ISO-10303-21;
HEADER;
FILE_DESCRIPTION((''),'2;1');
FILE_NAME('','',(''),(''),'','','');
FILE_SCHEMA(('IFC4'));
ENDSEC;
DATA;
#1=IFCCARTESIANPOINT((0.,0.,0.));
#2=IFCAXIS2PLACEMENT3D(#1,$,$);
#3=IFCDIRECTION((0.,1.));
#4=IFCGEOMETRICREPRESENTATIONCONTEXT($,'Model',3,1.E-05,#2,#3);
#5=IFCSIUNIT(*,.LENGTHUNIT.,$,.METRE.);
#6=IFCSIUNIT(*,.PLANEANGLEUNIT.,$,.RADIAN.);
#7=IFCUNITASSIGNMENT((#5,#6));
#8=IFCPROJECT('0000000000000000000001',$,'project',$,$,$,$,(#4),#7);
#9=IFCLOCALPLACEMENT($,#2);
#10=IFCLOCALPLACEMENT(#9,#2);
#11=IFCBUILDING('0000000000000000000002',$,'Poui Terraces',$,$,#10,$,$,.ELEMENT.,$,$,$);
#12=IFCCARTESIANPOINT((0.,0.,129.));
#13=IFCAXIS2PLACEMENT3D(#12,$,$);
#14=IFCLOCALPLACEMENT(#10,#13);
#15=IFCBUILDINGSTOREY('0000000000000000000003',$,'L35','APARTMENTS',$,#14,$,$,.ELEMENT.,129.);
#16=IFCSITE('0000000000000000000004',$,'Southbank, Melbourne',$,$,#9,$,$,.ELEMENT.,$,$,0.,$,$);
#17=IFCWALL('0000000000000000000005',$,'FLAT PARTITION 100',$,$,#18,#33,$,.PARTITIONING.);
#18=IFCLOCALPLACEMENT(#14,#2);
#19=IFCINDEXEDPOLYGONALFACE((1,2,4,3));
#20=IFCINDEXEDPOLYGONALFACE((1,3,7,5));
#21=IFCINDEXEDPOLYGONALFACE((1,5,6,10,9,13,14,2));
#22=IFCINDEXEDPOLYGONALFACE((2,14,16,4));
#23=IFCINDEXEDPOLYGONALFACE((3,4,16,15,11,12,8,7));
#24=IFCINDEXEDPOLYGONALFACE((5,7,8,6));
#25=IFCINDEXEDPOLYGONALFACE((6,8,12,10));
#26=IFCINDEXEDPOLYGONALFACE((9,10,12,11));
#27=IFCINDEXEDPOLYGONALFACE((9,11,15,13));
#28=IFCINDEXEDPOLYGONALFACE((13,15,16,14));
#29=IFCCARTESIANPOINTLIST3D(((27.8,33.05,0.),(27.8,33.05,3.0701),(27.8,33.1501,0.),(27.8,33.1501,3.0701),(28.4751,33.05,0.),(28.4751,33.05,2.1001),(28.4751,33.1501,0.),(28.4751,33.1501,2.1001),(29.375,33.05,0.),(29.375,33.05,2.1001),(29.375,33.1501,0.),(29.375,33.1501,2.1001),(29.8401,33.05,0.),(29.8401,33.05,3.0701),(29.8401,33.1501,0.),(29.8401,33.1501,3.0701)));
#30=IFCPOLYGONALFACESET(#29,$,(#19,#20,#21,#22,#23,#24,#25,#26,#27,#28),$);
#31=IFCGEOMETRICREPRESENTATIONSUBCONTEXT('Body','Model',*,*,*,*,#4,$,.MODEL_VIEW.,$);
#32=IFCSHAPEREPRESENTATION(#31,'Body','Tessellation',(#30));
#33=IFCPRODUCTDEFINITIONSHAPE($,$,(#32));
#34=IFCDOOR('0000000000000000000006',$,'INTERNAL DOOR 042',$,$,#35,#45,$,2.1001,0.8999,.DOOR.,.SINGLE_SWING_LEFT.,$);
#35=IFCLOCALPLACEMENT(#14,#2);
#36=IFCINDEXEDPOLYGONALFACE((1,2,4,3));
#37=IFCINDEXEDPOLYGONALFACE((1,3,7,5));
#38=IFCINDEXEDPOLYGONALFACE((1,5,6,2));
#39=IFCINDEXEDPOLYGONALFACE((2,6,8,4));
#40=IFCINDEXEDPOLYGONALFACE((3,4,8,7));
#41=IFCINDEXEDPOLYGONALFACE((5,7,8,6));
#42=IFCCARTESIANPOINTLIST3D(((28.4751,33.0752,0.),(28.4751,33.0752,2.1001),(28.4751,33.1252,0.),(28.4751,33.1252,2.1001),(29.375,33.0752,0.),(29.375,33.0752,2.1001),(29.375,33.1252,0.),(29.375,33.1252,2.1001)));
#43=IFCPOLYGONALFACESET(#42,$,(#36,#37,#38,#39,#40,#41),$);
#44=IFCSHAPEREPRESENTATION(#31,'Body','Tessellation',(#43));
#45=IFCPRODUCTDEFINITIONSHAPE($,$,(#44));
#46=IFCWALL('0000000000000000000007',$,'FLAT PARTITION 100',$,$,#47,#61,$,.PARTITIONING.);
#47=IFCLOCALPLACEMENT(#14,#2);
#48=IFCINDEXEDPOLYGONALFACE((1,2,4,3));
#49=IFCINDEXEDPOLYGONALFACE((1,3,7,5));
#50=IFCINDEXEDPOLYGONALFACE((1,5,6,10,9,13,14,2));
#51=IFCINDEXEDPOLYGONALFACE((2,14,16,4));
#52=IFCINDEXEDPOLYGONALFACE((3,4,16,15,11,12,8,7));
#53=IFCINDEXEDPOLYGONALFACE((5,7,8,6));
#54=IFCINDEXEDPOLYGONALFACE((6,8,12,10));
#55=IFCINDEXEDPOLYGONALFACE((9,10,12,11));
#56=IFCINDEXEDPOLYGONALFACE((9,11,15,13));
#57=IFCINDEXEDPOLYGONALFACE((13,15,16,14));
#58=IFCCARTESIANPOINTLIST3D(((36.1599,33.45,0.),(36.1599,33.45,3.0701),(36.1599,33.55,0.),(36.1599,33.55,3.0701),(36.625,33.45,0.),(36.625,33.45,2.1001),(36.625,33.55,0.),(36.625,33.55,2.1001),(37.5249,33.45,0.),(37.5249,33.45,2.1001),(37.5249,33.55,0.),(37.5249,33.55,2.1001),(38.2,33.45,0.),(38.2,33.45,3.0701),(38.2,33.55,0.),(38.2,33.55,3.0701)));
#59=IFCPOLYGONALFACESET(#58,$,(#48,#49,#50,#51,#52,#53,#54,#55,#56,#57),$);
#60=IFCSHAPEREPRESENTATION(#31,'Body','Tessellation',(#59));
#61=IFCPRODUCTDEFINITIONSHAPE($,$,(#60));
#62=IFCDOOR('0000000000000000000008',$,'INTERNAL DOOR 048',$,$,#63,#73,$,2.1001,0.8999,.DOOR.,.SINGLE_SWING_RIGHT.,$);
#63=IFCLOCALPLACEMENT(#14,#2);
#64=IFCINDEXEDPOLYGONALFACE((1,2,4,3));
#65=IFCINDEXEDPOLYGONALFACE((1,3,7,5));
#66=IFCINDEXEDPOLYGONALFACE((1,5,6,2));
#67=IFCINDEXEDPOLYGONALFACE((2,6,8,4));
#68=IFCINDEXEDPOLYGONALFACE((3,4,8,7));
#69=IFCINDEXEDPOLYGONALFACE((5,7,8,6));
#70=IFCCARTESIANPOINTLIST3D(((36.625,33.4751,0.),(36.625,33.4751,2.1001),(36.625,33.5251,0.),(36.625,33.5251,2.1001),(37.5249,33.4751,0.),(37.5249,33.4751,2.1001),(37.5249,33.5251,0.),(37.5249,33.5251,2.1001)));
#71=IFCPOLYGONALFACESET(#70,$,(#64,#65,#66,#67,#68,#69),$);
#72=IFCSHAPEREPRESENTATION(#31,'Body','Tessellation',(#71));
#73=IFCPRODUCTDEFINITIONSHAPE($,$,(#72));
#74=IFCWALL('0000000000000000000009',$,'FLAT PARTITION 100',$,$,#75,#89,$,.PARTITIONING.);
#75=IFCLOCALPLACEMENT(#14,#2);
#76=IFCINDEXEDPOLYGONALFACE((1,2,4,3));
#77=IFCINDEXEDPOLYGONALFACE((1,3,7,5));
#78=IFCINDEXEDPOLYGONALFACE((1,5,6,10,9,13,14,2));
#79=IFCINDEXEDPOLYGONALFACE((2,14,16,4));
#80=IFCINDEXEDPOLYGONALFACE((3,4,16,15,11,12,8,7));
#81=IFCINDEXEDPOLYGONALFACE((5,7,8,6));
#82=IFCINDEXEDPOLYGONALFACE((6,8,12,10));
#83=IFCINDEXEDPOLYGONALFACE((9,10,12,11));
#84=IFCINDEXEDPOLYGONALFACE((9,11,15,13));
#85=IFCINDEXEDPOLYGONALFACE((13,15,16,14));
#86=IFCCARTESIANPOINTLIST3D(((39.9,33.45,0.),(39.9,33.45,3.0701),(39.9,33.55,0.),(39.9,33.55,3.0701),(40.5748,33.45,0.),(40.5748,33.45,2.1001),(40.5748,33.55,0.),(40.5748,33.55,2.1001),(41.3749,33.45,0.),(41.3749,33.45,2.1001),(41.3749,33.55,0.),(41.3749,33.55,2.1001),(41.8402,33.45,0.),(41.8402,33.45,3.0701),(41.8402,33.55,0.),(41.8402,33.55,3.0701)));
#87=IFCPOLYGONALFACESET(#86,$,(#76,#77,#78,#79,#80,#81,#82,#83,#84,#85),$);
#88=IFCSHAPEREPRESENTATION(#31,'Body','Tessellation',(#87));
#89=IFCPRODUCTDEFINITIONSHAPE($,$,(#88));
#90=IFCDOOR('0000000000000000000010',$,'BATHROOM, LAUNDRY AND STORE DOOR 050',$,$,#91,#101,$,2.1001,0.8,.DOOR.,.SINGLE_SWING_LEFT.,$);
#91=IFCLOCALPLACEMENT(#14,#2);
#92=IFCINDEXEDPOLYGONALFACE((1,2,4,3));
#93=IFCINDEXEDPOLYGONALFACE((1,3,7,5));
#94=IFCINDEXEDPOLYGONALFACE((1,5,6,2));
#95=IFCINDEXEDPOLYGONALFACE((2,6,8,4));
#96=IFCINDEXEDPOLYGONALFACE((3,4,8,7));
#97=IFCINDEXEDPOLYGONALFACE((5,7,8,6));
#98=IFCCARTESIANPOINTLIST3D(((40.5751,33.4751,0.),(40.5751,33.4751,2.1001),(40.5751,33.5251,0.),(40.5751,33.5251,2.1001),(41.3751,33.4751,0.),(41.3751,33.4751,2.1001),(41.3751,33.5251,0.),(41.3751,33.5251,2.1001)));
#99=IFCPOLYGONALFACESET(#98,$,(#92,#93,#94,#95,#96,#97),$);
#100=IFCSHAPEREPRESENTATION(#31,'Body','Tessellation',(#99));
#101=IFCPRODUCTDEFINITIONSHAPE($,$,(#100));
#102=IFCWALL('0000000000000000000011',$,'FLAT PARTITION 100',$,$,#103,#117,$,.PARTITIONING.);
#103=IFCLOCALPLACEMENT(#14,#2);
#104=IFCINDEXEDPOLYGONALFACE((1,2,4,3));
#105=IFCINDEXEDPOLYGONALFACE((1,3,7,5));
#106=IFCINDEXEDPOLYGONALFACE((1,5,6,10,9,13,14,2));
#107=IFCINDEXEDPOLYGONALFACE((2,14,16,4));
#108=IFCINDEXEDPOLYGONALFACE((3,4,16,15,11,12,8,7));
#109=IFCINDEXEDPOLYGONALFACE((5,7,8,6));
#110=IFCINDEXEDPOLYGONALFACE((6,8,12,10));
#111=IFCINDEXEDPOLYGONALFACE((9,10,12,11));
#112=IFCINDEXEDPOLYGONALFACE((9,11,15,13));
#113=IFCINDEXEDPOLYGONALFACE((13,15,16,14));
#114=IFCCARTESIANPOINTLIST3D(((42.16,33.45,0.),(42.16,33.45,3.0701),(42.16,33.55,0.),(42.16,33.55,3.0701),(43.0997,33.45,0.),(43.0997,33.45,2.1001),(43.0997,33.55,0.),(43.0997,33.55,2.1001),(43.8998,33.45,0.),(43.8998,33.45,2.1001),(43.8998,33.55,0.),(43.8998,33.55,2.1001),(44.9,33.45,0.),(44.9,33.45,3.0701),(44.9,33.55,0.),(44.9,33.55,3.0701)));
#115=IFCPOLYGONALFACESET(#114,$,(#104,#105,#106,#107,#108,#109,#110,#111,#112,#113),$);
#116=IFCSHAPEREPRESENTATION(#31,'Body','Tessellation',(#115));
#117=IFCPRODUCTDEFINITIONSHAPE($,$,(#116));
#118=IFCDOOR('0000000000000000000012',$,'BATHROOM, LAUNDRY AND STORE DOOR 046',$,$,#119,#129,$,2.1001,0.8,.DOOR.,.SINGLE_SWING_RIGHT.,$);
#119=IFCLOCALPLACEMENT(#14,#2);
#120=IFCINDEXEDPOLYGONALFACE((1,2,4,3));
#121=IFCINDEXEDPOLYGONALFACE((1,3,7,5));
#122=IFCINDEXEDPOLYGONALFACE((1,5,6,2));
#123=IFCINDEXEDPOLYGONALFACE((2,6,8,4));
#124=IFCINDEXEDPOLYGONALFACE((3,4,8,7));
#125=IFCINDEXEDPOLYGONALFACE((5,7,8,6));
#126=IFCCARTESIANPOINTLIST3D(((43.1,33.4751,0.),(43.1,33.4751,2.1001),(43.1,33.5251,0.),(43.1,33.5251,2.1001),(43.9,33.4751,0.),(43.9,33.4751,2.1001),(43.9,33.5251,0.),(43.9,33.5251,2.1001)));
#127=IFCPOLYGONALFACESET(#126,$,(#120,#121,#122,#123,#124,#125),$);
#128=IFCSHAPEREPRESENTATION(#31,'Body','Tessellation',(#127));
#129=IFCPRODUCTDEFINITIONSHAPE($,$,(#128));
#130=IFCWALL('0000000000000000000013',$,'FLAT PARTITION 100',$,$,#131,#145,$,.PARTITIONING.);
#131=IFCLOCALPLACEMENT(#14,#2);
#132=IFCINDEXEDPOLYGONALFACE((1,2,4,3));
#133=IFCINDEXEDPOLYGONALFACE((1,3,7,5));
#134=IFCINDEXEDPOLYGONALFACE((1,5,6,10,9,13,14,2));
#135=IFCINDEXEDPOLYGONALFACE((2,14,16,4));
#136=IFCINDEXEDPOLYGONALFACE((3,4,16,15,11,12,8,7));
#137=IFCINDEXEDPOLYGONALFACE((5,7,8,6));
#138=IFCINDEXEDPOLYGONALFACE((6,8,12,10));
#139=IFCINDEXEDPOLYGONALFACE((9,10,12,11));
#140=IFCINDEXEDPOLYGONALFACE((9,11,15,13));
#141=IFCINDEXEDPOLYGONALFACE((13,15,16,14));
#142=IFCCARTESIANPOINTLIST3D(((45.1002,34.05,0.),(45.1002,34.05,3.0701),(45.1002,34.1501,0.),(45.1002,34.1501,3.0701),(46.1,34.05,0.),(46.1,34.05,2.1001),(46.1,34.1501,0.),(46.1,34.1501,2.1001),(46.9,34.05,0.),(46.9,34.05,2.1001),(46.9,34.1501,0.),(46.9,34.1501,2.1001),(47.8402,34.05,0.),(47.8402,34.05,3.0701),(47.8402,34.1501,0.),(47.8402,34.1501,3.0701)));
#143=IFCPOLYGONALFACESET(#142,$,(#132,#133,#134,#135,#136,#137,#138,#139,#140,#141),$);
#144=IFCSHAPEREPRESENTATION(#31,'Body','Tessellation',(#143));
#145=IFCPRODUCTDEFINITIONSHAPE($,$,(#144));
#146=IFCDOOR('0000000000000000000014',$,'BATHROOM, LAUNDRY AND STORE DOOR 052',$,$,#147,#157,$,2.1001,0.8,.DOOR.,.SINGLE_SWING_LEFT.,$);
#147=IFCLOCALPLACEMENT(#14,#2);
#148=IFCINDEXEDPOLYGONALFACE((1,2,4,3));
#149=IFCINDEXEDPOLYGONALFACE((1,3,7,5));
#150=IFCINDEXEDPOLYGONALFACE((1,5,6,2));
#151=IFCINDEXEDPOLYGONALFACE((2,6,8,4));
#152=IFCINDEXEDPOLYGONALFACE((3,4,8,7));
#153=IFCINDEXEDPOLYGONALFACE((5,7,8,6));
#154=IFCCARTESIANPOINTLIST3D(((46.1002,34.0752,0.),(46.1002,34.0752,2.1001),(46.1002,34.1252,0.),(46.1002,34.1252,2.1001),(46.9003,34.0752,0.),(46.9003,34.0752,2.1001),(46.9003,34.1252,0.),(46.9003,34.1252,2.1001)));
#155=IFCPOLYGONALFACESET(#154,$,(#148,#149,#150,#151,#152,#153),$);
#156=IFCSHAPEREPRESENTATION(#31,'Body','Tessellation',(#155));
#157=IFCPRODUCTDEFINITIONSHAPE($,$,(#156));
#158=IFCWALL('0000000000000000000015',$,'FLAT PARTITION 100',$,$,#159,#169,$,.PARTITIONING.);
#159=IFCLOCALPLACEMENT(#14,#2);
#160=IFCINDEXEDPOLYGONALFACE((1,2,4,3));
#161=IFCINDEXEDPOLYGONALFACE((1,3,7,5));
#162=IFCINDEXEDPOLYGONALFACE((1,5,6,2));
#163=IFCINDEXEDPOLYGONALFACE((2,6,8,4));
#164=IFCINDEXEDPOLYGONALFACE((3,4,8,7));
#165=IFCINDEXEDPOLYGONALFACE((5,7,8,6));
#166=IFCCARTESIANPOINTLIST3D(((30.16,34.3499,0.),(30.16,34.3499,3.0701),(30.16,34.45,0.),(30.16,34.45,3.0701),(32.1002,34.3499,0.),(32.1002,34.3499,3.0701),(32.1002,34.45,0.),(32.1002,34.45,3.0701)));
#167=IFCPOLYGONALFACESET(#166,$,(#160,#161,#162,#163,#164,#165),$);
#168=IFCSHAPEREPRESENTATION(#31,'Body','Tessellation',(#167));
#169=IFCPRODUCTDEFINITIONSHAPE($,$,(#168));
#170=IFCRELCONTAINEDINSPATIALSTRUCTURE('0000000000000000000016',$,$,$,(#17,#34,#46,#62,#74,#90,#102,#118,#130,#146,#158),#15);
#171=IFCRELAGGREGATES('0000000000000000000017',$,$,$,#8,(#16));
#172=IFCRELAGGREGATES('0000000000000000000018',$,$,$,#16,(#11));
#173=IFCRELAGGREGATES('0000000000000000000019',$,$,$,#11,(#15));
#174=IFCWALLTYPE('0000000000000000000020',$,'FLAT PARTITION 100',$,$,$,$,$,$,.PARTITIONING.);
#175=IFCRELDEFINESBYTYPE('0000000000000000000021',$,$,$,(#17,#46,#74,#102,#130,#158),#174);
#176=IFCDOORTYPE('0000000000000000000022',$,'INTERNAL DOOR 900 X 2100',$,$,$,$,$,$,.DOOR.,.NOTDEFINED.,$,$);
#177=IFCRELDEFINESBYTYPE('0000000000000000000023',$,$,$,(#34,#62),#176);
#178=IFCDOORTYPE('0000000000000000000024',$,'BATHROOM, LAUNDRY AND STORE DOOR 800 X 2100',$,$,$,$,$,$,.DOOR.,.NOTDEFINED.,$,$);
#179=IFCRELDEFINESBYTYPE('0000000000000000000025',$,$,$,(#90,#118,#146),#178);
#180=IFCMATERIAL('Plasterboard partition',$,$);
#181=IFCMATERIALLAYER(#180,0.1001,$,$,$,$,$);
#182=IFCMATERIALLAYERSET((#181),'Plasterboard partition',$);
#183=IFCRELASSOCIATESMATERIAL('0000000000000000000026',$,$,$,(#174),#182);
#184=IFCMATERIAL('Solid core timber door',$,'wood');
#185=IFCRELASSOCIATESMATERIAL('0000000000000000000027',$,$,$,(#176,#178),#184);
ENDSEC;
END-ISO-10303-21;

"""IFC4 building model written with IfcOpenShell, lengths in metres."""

from ifc_helpers import new_model, si_unit, direction, frame, frame_2d, origin, place, context, subcontext, project, spatial, rectangle, extrude, material, layer, layer_set, type_object, element, fill, save


model = new_model("IFC4")

# Units and contexts
model_context = context("Model", 3, precision=1e-05, world=origin(), true_north=direction((0.0, 1.0)))
body_context = subcontext(model_context, "Body", "Model", "MODEL_VIEW")
ifc_project = project(units=[si_unit("LENGTHUNIT", "METRE"), si_unit("PLANEANGLEUNIT", "RADIAN")], contexts=[model_context])

# Site, building, storey
site_placement = place(None, origin())
site = spatial("IfcSite", under=ifc_project, at=site_placement, Name="Southbank, Melbourne", CompositionType="ELEMENT", RefElevation=0.0)
building_placement = place(site_placement, origin())
building = spatial("IfcBuilding", under=site, at=building_placement, Name="Poui Terraces", CompositionType="ELEMENT")
storey_placement = place(building_placement, frame((0.0, 0.0, 129.0)))
storey = spatial("IfcBuildingStorey", under=building, at=storey_placement, Name="L35", Description="APARTMENTS", CompositionType="ELEMENT", Elevation=129.0)

# Walls, openings, doors
ifc_material_1 = material(Name="Plasterboard partition")
ifc_layer_1 = layer(ifc_material_1, 0.1001)
ifc_layer_set_1 = layer_set([ifc_layer_1], Name="Plasterboard partition")
wall_type_1 = type_object("IfcWallType", Name="FLAT PARTITION 100", PredefinedType="PARTITIONING", material=ifc_layer_set_1)
wall_1_placement = place(storey_placement, frame((27.8, 33.1001, 0.0), z_axis=(0.0, 0.0, 1.0), x_axis=(1.0, 0.0, 0.0)))
wall_1 = element("IfcWall", 1, at=wall_1_placement, inside=storey, type_object=wall_type_1, Name="FLAT PARTITION 100", PredefinedType="PARTITIONING", context=body_context, shape_type="SweptSolid", body=[
    extrude(rectangle(XDim=2.04, YDim=0.1001, at=frame_2d((1.02, 0.0))), origin(), (0.0, 0.0, 1.0), 3.0701),
])
opening_1_placement = place(wall_1_placement, frame((0.675, 0.0, 0.0)))
opening_1 = element("IfcOpeningElement", 2, at=opening_1_placement, cuts=wall_1, PredefinedType="OPENING", context=body_context, shape_type="SweptSolid", body=[
    extrude(rectangle(XDim=0.8999, YDim=2.1001, at=frame_2d((0.45, 1.05))), frame((0.0, 0.0601, 0.0), z_axis=(0.0, -1.0, 0.0), x_axis=(1.0, 0.0, 0.0)), (0.0, 0.0, 1.0), 0.1201),
])
ifc_material_2 = material(Name="Solid core timber door", Category="wood")
door_type_1 = type_object("IfcDoorType", Name="INTERNAL DOOR 900 X 2100", OperationType="NOTDEFINED", PredefinedType="DOOR", material=ifc_material_2)
door_1_placement = place(opening_1_placement, frame((0.8999, 0.0, 0.0), z_axis=(0.0, 0.0, 1.0), x_axis=(-1.0, 0.0, 0.0)))
door_1 = element("IfcDoor", 3, at=door_1_placement, inside=storey, type_object=door_type_1, Name="INTERNAL DOOR 042", OperationType="SINGLE_SWING_LEFT", OverallHeight=2.1001, OverallWidth=0.8999, PredefinedType="DOOR", context=body_context, shape_type="SweptSolid", body=[
    extrude(rectangle(XDim=0.8999, YDim=2.1001, at=frame_2d((0.45, 1.05))), frame((0.0, 0.0249, 0.0), z_axis=(0.0, -1.0, 0.0), x_axis=(1.0, 0.0, 0.0)), (0.0, 0.0, 1.0), 0.05),
])
fill(opening_1, door_1)
wall_2_placement = place(storey_placement, frame((36.1599, 33.5, 0.0), z_axis=(0.0, 0.0, 1.0), x_axis=(1.0, 0.0, 0.0)))
wall_2 = element("IfcWall", 4, at=wall_2_placement, inside=storey, type_object=wall_type_1, Name="FLAT PARTITION 100", PredefinedType="PARTITIONING", context=body_context, shape_type="SweptSolid", body=[
    extrude(rectangle(XDim=2.04, YDim=0.1001, at=frame_2d((1.02, 0.0))), origin(), (0.0, 0.0, 1.0), 3.0701),
])
opening_2_placement = place(wall_2_placement, frame((0.4651, 0.0, 0.0)))
opening_2 = element("IfcOpeningElement", 5, at=opening_2_placement, cuts=wall_2, PredefinedType="OPENING", context=body_context, shape_type="SweptSolid", body=[
    extrude(rectangle(XDim=0.8999, YDim=2.1001, at=frame_2d((0.45, 1.05))), frame((0.0, 0.0601, 0.0), z_axis=(0.0, -1.0, 0.0), x_axis=(1.0, 0.0, 0.0)), (0.0, 0.0, 1.0), 0.1201),
])
door_2_placement = place(opening_2_placement, frame((0.8999, 0.0, 0.0), z_axis=(0.0, 0.0, 1.0), x_axis=(-1.0, 0.0, 0.0)))
door_2 = element("IfcDoor", 6, at=door_2_placement, inside=storey, type_object=door_type_1, Name="INTERNAL DOOR 048", OperationType="SINGLE_SWING_RIGHT", OverallHeight=2.1001, OverallWidth=0.8999, PredefinedType="DOOR", context=body_context, shape_type="SweptSolid", body=[
    extrude(rectangle(XDim=0.8999, YDim=2.1001, at=frame_2d((0.45, 1.05))), frame((0.0, 0.0249, 0.0), z_axis=(0.0, -1.0, 0.0), x_axis=(1.0, 0.0, 0.0)), (0.0, 0.0, 1.0), 0.05),
])
fill(opening_2, door_2)
wall_3_placement = place(storey_placement, frame((39.8999, 33.5, 0.0), z_axis=(0.0, 0.0, 1.0), x_axis=(1.0, 0.0, 0.0)))
wall_3 = element("IfcWall", 7, at=wall_3_placement, inside=storey, type_object=wall_type_1, Name="FLAT PARTITION 100", PredefinedType="PARTITIONING", context=body_context, shape_type="SweptSolid", body=[
    extrude(rectangle(XDim=1.9402, YDim=0.1001, at=frame_2d((0.9702, 0.0))), origin(), (0.0, 0.0, 1.0), 3.0701),
])
opening_3_placement = place(wall_3_placement, frame((0.675, 0.0, 0.0)))
opening_3 = element("IfcOpeningElement", 8, at=opening_3_placement, cuts=wall_3, PredefinedType="OPENING", context=body_context, shape_type="SweptSolid", body=[
    extrude(rectangle(XDim=0.8, YDim=2.1001, at=frame_2d((0.3999, 1.05))), frame((0.0, 0.0601, 0.0), z_axis=(0.0, -1.0, 0.0), x_axis=(1.0, 0.0, 0.0)), (0.0, 0.0, 1.0), 0.1201),
])
door_type_2 = type_object("IfcDoorType", Name="BATHROOM, LAUNDRY AND STORE DOOR 800 X 2100", OperationType="NOTDEFINED", PredefinedType="DOOR", material=ifc_material_2)
door_3_placement = place(opening_3_placement, frame((0.8, 0.0, 0.0), z_axis=(0.0, 0.0, 1.0), x_axis=(-1.0, 0.0, 0.0)))
door_3 = element("IfcDoor", 9, at=door_3_placement, inside=storey, type_object=door_type_2, Name="BATHROOM, LAUNDRY AND STORE DOOR 050", OperationType="SINGLE_SWING_LEFT", OverallHeight=2.1001, OverallWidth=0.8, PredefinedType="DOOR", context=body_context, shape_type="SweptSolid", body=[
    extrude(rectangle(XDim=0.8, YDim=2.1001, at=frame_2d((0.3999, 1.05))), frame((0.0, 0.0249, 0.0), z_axis=(0.0, -1.0, 0.0), x_axis=(1.0, 0.0, 0.0)), (0.0, 0.0, 1.0), 0.05),
])
fill(opening_3, door_3)
wall_4_placement = place(storey_placement, frame((42.1599, 33.5, 0.0), z_axis=(0.0, 0.0, 1.0), x_axis=(1.0, 0.0, 0.0)))
wall_4 = element("IfcWall", 10, at=wall_4_placement, inside=storey, type_object=wall_type_1, Name="FLAT PARTITION 100", PredefinedType="PARTITIONING", context=body_context, shape_type="SweptSolid", body=[
    extrude(rectangle(XDim=2.74, YDim=0.1001, at=frame_2d((1.3701, 0.0))), origin(), (0.0, 0.0, 1.0), 3.0701),
])
opening_4_placement = place(wall_4_placement, frame((0.9399, 0.0, 0.0)))
opening_4 = element("IfcOpeningElement", 11, at=opening_4_placement, cuts=wall_4, PredefinedType="OPENING", context=body_context, shape_type="SweptSolid", body=[
    extrude(rectangle(XDim=0.8, YDim=2.1001, at=frame_2d((0.3999, 1.05))), frame((0.0, 0.0601, 0.0), z_axis=(0.0, -1.0, 0.0), x_axis=(1.0, 0.0, 0.0)), (0.0, 0.0, 1.0), 0.1201),
])
door_4_placement = place(opening_4_placement, frame((0.8, 0.0, 0.0), z_axis=(0.0, 0.0, 1.0), x_axis=(-1.0, 0.0, 0.0)))
door_4 = element("IfcDoor", 12, at=door_4_placement, inside=storey, type_object=door_type_2, Name="BATHROOM, LAUNDRY AND STORE DOOR 046", OperationType="SINGLE_SWING_RIGHT", OverallHeight=2.1001, OverallWidth=0.8, PredefinedType="DOOR", context=body_context, shape_type="SweptSolid", body=[
    extrude(rectangle(XDim=0.8, YDim=2.1001, at=frame_2d((0.3999, 1.05))), frame((0.0, 0.0249, 0.0), z_axis=(0.0, -1.0, 0.0), x_axis=(1.0, 0.0, 0.0)), (0.0, 0.0, 1.0), 0.05),
])
fill(opening_4, door_4)
wall_5_placement = place(storey_placement, frame((45.1001, 34.1001, 0.0), z_axis=(0.0, 0.0, 1.0), x_axis=(1.0, 0.0, 0.0)))
wall_5 = element("IfcWall", 13, at=wall_5_placement, inside=storey, type_object=wall_type_1, Name="FLAT PARTITION 100", PredefinedType="PARTITIONING", context=body_context, shape_type="SweptSolid", body=[
    extrude(rectangle(XDim=2.74, YDim=0.1001, at=frame_2d((1.3701, 0.0))), origin(), (0.0, 0.0, 1.0), 3.0701),
])
opening_5_placement = place(wall_5_placement, frame((1.0, 0.0, 0.0)))
opening_5 = element("IfcOpeningElement", 14, at=opening_5_placement, cuts=wall_5, PredefinedType="OPENING", context=body_context, shape_type="SweptSolid", body=[
    extrude(rectangle(XDim=0.8, YDim=2.1001, at=frame_2d((0.3999, 1.05))), frame((0.0, 0.0601, 0.0), z_axis=(0.0, -1.0, 0.0), x_axis=(1.0, 0.0, 0.0)), (0.0, 0.0, 1.0), 0.1201),
])
door_5_placement = place(opening_5_placement, frame((0.8, 0.0, 0.0), z_axis=(0.0, 0.0, 1.0), x_axis=(-1.0, 0.0, 0.0)))
door_5 = element("IfcDoor", 15, at=door_5_placement, inside=storey, type_object=door_type_2, Name="BATHROOM, LAUNDRY AND STORE DOOR 052", OperationType="SINGLE_SWING_LEFT", OverallHeight=2.1001, OverallWidth=0.8, PredefinedType="DOOR", context=body_context, shape_type="SweptSolid", body=[
    extrude(rectangle(XDim=0.8, YDim=2.1001, at=frame_2d((0.3999, 1.05))), frame((0.0, 0.0249, 0.0), z_axis=(0.0, -1.0, 0.0), x_axis=(1.0, 0.0, 0.0)), (0.0, 0.0, 1.0), 0.05),
])
fill(opening_5, door_5)

# Wall
wall_6_placement = place(storey_placement, frame((30.1599, 34.3999, 0.0), z_axis=(0.0, 0.0, 1.0), x_axis=(1.0, 0.0, 0.0)))
element("IfcWall", 16, at=wall_6_placement, inside=storey, type_object=wall_type_1, Name="FLAT PARTITION 100", PredefinedType="PARTITIONING", context=body_context, shape_type="SweptSolid", body=[
    extrude(rectangle(XDim=1.9402, YDim=0.1001, at=frame_2d((0.9702, 0.0))), origin(), (0.0, 0.0, 1.0), 3.0701),
])

save(model, "model.ifc")
